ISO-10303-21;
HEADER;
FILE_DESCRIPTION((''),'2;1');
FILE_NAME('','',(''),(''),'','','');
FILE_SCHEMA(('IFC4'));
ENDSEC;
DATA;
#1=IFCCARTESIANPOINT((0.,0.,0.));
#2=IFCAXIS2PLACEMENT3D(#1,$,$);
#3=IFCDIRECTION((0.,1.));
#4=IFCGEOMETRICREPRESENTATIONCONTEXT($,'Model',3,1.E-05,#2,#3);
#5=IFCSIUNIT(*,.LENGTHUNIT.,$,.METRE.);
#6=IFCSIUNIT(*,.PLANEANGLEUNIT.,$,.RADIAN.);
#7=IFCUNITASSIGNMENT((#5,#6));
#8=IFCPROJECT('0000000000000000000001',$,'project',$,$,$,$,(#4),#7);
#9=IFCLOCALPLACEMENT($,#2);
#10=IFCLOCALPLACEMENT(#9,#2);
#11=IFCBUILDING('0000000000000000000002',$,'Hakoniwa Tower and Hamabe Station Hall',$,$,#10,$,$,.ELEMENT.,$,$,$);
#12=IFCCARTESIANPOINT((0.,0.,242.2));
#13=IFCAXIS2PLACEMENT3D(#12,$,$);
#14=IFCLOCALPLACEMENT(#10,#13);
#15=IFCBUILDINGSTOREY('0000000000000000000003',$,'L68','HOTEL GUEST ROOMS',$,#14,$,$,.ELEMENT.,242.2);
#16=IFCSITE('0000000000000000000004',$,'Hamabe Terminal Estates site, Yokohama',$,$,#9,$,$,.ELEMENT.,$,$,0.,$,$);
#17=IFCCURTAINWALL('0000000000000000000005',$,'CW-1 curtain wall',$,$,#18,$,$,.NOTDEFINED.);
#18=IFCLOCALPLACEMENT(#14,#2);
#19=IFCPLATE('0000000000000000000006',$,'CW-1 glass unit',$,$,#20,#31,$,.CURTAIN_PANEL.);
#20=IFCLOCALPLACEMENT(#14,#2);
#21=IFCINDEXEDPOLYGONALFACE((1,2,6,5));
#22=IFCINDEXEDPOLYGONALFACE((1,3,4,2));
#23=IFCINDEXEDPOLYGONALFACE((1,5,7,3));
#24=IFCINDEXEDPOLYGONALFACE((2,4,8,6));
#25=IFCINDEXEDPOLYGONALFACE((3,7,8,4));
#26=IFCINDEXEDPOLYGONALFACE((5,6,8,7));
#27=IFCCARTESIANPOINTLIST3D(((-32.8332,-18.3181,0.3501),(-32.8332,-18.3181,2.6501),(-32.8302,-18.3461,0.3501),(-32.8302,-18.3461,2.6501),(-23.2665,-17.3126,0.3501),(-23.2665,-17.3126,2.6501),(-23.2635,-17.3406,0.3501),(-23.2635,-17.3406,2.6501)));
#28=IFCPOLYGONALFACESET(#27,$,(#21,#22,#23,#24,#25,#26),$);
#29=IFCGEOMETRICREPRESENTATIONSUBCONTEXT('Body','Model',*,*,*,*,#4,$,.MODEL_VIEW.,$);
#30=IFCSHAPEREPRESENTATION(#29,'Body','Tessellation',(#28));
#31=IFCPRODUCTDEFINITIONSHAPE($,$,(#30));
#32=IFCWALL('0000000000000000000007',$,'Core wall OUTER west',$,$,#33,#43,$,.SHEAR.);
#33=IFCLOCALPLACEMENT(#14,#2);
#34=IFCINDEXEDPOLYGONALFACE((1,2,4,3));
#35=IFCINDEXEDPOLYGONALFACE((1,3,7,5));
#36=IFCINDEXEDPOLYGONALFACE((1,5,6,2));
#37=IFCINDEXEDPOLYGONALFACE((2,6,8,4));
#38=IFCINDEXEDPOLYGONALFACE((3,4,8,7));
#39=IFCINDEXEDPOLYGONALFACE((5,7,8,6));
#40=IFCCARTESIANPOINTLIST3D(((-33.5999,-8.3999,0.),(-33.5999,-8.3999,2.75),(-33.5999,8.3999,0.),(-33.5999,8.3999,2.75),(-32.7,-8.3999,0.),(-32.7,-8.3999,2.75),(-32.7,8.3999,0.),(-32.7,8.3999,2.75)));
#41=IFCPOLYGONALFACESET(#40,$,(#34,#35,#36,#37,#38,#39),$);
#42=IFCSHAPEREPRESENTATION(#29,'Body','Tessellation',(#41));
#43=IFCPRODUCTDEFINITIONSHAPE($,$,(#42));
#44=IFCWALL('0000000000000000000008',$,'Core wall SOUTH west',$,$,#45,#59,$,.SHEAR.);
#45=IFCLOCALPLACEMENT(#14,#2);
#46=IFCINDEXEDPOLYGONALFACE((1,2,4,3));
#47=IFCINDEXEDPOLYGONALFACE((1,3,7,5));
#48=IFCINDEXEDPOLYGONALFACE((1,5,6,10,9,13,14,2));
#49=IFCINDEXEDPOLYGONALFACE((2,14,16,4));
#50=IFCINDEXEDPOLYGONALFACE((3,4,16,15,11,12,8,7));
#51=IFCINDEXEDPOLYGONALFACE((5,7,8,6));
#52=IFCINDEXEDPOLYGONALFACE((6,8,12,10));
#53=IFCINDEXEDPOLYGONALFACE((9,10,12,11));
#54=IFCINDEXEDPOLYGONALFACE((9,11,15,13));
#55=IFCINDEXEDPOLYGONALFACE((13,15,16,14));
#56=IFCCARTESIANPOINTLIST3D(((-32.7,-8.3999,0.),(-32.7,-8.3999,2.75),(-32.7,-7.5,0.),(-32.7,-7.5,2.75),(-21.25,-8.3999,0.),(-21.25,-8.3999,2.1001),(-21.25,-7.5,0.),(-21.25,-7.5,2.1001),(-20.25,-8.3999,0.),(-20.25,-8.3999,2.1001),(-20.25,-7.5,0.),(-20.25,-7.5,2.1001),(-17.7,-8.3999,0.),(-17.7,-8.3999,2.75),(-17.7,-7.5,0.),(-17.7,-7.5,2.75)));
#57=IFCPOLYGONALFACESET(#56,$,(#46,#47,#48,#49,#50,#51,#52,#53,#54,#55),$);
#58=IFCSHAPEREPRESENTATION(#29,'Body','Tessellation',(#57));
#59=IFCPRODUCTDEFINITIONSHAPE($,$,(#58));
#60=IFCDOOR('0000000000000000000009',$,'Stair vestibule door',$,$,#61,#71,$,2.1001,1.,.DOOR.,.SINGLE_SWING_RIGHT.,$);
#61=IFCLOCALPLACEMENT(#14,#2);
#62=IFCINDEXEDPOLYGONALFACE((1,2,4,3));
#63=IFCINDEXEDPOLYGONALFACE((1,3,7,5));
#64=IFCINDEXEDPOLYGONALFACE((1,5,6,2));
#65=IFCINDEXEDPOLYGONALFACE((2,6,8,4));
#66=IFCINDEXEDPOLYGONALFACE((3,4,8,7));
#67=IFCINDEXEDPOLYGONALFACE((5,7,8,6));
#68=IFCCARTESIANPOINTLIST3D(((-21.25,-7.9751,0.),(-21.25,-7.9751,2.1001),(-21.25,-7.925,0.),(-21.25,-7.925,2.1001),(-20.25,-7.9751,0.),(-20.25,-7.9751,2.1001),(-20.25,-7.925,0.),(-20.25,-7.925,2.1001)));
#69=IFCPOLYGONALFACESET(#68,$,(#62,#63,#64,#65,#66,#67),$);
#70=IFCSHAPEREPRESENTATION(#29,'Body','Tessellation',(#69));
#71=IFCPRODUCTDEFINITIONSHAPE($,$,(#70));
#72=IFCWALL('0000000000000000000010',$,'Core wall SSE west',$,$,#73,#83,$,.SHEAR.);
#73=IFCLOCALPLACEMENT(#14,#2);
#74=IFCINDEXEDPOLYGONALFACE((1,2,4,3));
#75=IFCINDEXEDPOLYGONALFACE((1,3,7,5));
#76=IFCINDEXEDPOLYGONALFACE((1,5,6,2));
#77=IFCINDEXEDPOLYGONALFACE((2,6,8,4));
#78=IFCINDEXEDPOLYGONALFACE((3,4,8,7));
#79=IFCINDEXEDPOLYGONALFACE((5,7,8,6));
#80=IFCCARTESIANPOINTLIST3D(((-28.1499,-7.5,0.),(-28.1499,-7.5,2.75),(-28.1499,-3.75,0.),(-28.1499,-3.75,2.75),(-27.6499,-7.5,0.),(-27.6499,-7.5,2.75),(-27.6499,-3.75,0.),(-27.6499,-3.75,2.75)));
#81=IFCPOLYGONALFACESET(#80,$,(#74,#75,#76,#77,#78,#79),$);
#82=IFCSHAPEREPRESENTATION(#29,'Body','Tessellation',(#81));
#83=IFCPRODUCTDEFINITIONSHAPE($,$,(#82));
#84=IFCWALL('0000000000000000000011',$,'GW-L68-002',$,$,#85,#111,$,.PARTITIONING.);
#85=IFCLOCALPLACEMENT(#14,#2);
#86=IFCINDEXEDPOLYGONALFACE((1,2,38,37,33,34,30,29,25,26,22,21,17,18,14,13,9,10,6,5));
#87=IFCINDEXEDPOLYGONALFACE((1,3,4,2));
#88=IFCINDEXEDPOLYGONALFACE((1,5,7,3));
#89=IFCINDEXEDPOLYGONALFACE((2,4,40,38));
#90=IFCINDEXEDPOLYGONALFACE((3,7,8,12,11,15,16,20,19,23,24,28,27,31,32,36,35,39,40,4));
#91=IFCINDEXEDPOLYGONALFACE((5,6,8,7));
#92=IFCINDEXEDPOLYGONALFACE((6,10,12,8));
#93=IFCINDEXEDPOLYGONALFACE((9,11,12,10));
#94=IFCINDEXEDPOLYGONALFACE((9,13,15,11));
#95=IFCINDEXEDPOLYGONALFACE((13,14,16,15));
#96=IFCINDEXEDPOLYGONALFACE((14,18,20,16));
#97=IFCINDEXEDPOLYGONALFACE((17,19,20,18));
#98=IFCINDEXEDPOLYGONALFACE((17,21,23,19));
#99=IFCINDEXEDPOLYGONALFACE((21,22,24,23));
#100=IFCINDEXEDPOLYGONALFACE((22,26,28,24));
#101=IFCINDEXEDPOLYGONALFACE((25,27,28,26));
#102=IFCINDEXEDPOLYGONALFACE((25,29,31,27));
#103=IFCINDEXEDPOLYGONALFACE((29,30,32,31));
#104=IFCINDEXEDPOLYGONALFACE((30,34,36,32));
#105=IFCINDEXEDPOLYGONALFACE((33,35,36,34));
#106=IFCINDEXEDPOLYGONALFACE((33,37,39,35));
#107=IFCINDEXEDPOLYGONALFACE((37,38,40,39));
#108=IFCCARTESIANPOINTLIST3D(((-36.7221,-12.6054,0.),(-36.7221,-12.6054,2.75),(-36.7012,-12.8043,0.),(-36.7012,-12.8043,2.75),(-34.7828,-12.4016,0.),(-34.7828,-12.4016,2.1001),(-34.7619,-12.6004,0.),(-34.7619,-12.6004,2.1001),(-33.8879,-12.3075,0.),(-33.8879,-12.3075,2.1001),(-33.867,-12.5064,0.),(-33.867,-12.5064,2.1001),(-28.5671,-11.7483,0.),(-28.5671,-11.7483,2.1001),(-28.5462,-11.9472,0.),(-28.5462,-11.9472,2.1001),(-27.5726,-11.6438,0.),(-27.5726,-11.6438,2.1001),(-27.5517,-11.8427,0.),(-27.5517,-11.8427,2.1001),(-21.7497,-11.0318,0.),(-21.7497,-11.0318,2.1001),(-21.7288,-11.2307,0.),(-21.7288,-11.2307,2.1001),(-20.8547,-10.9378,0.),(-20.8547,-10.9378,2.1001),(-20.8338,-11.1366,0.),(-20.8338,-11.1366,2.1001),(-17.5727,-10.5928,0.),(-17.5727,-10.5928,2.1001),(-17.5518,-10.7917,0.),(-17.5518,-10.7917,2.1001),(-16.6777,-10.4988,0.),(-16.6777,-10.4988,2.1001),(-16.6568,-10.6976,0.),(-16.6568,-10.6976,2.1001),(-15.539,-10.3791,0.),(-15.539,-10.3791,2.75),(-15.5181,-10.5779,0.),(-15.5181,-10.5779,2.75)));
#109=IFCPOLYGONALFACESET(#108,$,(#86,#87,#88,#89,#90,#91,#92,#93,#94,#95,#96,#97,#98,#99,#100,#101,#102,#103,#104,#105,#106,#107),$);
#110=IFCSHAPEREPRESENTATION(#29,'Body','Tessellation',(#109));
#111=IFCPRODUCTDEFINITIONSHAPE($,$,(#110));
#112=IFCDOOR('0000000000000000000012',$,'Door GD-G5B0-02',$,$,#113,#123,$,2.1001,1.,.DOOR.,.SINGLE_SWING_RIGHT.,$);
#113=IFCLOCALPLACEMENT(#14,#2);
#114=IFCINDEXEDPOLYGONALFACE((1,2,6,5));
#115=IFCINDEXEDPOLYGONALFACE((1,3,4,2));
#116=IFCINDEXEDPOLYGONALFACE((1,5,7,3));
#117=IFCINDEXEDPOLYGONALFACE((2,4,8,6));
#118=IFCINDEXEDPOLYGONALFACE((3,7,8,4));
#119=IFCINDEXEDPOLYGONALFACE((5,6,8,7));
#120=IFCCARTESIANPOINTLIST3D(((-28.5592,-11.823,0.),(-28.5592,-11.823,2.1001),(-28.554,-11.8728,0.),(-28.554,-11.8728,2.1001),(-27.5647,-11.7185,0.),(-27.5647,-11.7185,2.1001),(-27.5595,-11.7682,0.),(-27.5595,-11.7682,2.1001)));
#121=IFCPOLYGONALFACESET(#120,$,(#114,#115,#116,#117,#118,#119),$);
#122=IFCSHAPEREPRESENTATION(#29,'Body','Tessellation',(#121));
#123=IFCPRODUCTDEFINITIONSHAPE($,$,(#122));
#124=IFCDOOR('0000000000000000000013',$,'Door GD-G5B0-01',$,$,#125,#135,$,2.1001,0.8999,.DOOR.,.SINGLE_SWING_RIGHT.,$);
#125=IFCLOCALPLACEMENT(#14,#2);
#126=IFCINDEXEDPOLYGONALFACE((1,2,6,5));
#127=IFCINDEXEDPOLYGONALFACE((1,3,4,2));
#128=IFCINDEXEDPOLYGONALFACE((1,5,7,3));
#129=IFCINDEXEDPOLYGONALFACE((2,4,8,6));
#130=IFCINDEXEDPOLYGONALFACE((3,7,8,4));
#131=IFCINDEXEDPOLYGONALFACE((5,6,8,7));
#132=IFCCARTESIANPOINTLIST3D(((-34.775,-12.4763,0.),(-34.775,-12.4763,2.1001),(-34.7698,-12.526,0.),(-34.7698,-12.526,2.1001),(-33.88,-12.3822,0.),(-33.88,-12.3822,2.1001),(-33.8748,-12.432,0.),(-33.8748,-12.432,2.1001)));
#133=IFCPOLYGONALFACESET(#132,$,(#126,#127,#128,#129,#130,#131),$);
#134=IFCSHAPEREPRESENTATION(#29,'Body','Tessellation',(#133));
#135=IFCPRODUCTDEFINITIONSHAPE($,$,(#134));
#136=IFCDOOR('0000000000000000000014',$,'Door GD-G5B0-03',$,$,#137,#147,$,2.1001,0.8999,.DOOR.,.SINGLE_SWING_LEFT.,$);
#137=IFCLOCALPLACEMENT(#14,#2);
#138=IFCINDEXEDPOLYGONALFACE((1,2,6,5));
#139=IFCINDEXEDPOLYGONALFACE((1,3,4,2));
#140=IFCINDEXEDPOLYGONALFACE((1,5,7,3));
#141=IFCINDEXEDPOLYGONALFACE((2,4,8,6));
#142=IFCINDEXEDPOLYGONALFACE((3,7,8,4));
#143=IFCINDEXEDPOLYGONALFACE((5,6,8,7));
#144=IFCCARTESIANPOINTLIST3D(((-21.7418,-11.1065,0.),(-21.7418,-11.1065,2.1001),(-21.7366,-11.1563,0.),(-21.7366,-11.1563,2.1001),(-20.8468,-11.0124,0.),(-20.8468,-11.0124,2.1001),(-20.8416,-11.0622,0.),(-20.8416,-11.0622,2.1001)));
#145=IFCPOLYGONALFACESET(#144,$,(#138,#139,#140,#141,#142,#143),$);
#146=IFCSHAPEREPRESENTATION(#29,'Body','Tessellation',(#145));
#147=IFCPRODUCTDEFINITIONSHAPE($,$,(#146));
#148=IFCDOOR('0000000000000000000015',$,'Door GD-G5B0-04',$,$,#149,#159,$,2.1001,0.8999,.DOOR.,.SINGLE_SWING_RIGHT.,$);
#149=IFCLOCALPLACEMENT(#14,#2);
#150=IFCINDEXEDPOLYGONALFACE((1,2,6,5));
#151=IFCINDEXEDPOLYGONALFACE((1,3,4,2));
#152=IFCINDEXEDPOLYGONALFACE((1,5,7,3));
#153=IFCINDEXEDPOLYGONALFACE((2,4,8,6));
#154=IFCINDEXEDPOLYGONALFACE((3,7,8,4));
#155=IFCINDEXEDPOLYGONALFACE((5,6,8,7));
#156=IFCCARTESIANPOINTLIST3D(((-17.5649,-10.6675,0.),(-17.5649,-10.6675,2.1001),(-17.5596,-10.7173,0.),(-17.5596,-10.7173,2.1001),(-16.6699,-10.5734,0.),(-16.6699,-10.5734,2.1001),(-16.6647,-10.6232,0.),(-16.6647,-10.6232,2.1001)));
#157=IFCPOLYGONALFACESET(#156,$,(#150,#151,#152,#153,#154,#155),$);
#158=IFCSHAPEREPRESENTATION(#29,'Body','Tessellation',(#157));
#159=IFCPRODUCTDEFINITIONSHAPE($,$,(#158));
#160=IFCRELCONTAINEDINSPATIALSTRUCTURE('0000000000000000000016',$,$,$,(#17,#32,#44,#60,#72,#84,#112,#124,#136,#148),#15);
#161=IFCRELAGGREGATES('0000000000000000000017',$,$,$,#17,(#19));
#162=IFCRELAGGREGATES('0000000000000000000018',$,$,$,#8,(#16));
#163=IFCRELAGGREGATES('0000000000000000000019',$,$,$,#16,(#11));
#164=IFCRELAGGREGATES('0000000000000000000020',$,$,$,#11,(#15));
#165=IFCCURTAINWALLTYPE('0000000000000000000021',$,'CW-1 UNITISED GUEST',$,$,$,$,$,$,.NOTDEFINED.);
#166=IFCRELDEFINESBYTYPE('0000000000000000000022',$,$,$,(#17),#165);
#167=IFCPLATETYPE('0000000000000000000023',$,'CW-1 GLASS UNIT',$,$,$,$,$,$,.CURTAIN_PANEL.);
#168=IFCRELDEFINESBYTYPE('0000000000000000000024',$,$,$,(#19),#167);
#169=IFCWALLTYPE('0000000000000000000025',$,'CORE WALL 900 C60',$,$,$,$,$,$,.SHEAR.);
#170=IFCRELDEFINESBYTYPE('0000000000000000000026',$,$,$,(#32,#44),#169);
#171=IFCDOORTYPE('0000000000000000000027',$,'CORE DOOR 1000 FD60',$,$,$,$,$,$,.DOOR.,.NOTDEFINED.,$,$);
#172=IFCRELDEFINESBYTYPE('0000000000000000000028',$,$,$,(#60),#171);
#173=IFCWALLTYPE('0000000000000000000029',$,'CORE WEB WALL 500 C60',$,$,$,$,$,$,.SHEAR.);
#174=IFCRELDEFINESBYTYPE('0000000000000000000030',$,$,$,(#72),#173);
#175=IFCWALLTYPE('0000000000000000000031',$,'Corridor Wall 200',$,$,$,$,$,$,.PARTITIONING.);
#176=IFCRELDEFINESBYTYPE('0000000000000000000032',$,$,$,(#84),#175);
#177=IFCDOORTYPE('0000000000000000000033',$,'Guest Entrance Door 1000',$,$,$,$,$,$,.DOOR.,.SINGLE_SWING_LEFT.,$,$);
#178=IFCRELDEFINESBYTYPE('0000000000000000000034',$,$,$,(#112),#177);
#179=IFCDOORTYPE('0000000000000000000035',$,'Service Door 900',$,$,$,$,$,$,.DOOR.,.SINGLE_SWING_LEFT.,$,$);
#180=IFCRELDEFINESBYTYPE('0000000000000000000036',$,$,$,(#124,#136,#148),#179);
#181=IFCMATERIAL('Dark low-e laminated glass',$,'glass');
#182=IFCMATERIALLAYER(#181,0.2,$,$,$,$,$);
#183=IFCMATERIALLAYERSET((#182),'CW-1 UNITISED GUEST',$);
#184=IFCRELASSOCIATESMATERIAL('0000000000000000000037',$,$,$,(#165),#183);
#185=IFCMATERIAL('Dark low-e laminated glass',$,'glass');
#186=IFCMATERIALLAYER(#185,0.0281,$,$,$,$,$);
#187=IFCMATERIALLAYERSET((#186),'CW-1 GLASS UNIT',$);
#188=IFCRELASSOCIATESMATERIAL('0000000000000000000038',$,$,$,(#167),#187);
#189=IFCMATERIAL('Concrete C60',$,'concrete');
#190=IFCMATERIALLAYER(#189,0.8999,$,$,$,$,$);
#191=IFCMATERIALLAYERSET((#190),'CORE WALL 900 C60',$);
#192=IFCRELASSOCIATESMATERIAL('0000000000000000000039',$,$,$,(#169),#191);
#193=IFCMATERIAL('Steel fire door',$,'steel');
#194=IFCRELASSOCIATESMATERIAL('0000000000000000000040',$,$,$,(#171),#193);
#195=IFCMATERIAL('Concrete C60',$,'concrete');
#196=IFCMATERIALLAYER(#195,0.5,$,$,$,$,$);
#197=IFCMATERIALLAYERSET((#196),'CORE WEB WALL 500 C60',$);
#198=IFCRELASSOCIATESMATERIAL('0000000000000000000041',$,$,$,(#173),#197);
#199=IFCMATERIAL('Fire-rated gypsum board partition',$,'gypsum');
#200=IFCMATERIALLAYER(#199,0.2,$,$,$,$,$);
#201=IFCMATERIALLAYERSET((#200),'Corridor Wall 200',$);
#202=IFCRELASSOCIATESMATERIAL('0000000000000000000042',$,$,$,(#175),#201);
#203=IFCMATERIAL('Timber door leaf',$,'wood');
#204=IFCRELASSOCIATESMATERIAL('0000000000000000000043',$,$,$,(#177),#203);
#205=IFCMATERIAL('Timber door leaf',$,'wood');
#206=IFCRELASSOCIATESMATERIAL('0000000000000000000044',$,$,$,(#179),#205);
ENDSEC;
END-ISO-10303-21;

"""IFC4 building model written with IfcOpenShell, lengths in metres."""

from ifc_helpers import new_model, si_unit, direction, frame, frame_2d, origin, origin_2d, place, context, subcontext, project, spatial, rectangle, extrude, material, layer, layer_set, type_object, element, fill, aggregate, save


model = new_model("IFC4")

# Units and contexts
model_context = context("Model", 3, precision=1e-05, world=origin(), true_north=direction((0.0, 1.0)))
body_context = subcontext(model_context, "Body", "Model", "MODEL_VIEW")
ifc_project = project(units=[si_unit("LENGTHUNIT", "METRE"), si_unit("PLANEANGLEUNIT", "RADIAN")], contexts=[model_context])

# Site, building, storey
site_placement = place(None, origin())
site = spatial("IfcSite", under=ifc_project, at=site_placement, Name="Hamabe Terminal Estates site, Yokohama", CompositionType="ELEMENT", RefElevation=0.0)
building_placement = place(site_placement, origin())
building = spatial("IfcBuilding", under=site, at=building_placement, Name="Hakoniwa Tower and Hamabe Station Hall", CompositionType="ELEMENT")
storey_placement = place(building_placement, frame((0.0, 0.0, 242.2)))
storey = spatial("IfcBuildingStorey", under=building, at=storey_placement, Name="L68", Description="HOTEL GUEST ROOMS", CompositionType="ELEMENT", Elevation=242.2)

# Curtain wall
ifc_material_1 = material(Name="Dark low-e laminated glass", Category="glass")
ifc_layer_1 = layer(ifc_material_1, 0.2)
ifc_layer_set_1 = layer_set([ifc_layer_1], Name="CW-1 UNITISED GUEST")
curtain_wall_type = type_object("IfcCurtainWallType", Name="CW-1 UNITISED GUEST", PredefinedType="NOTDEFINED", material=ifc_layer_set_1)
curtain_wall_1_placement = place(storey_placement, origin())
curtain_wall_1 = element("IfcCurtainWall", 1, at=curtain_wall_1_placement, inside=storey, type_object=curtain_wall_type, Name="CW-1 curtain wall", PredefinedType="NOTDEFINED")

# Plate
ifc_material_2 = material(Name="Dark low-e laminated glass", Category="glass")
ifc_layer_2 = layer(ifc_material_2, 0.0281)
ifc_layer_set_2 = layer_set([ifc_layer_2], Name="CW-1 GLASS UNIT")
plate_type = type_object("IfcPlateType", Name="CW-1 GLASS UNIT", PredefinedType="CURTAIN_PANEL", material=ifc_layer_set_2)
plate_1_placement = place(storey_placement, frame((-28.0483, -17.8293, 0.3501), z_axis=(0.0, 0.0, 1.0), x_axis=(0.994522, 0.104528, 0.0)))
plate_1 = element("IfcPlate", 2, at=plate_1_placement, type_object=plate_type, Name="CW-1 glass unit", PredefinedType="CURTAIN_PANEL", context=body_context, shape_type="SweptSolid", body=[
    extrude(rectangle(XDim=9.6194, YDim=0.0281, at=origin_2d()), origin(), (0.0, 0.0, 1.0), 2.3),
])
aggregate(curtain_wall_1, [plate_1])

# Wall
ifc_material_3 = material(Name="Concrete C60", Category="concrete")
ifc_layer_3 = layer(ifc_material_3, 0.8999)
ifc_layer_set_3 = layer_set([ifc_layer_3], Name="CORE WALL 900 C60")
wall_type_1 = type_object("IfcWallType", Name="CORE WALL 900 C60", PredefinedType="SHEAR", material=ifc_layer_set_3)
wall_1_placement = place(storey_placement, frame((-33.1499, -8.3999, 0.0), z_axis=(0.0, 0.0, 1.0), x_axis=(0.0, 1.0, 0.0)))
element("IfcWall", 3, at=wall_1_placement, inside=storey, type_object=wall_type_1, Name="Core wall OUTER west", PredefinedType="SHEAR", context=body_context, shape_type="SweptSolid", body=[
    extrude(rectangle(XDim=16.7998, YDim=0.8999, at=frame_2d((8.3999, 0.0))), origin(), (0.0, 0.0, 1.0), 2.75),
])

# Wall, opening, door
wall_2_placement = place(storey_placement, frame((-32.7, -7.95, 0.0), z_axis=(0.0, 0.0, 1.0), x_axis=(1.0, 0.0, 0.0)))
wall_2 = element("IfcWall", 4, at=wall_2_placement, inside=storey, type_object=wall_type_1, Name="Core wall SOUTH west", PredefinedType="SHEAR", context=body_context, shape_type="SweptSolid", body=[
    extrude(rectangle(XDim=15.0, YDim=0.8999, at=frame_2d((7.5, 0.0))), origin(), (0.0, 0.0, 1.0), 2.75),
])
opening_1_placement = place(wall_2_placement, frame((11.45, 0.0, 0.0)))
opening_1 = element("IfcOpeningElement", 5, at=opening_1_placement, cuts=wall_2, PredefinedType="OPENING", context=body_context, shape_type="SweptSolid", body=[
    extrude(rectangle(XDim=1.0, YDim=2.1001, at=frame_2d((0.5, 1.05))), frame((0.0, 0.46, 0.0), z_axis=(0.0, -1.0, 0.0), x_axis=(1.0, 0.0, 0.0)), (0.0, 0.0, 1.0), 0.9199),
])
ifc_material_4 = material(Name="Steel fire door", Category="steel")
door_type_1 = type_object("IfcDoorType", Name="CORE DOOR 1000 FD60", OperationType="NOTDEFINED", PredefinedType="DOOR", material=ifc_material_4)
door_1_placement = place(opening_1_placement, origin())
door_1 = element("IfcDoor", 6, at=door_1_placement, inside=storey, type_object=door_type_1, Name="Stair vestibule door", OperationType="SINGLE_SWING_RIGHT", OverallHeight=2.1001, OverallWidth=1.0, PredefinedType="DOOR", context=body_context, shape_type="SweptSolid", body=[
    extrude(rectangle(XDim=1.0, YDim=2.1001, at=frame_2d((0.5, 1.05))), frame((0.0, 0.0249, 0.0), z_axis=(0.0, -1.0, 0.0), x_axis=(1.0, 0.0, 0.0)), (0.0, 0.0, 1.0), 0.05),
])
fill(opening_1, door_1)

# Wall
ifc_material_5 = material(Name="Concrete C60", Category="concrete")
ifc_layer_4 = layer(ifc_material_5, 0.5)
ifc_layer_set_4 = layer_set([ifc_layer_4], Name="CORE WEB WALL 500 C60")
wall_type_2 = type_object("IfcWallType", Name="CORE WEB WALL 500 C60", PredefinedType="SHEAR", material=ifc_layer_set_4)
wall_3_placement = place(storey_placement, frame((-27.8999, -7.5, 0.0), z_axis=(0.0, 0.0, 1.0), x_axis=(0.0, 1.0, 0.0)))
element("IfcWall", 7, at=wall_3_placement, inside=storey, type_object=wall_type_2, Name="Core wall SSE west", PredefinedType="SHEAR", context=body_context, shape_type="SweptSolid", body=[
    extrude(rectangle(XDim=3.75, YDim=0.5, at=frame_2d((1.875, 0.0))), origin(), (0.0, 0.0, 1.0), 2.75),
])

# Wall, openings, doors
ifc_material_6 = material(Name="Fire-rated gypsum board partition", Category="gypsum")
ifc_layer_5 = layer(ifc_material_6, 0.2)
ifc_layer_set_5 = layer_set([ifc_layer_5], Name="Corridor Wall 200")
wall_type_3 = type_object("IfcWallType", Name="Corridor Wall 200", PredefinedType="PARTITIONING", material=ifc_layer_set_5)
wall_4_placement = place(storey_placement, frame((-36.7117, -12.7048, 0.0), z_axis=(0.0, 0.0, 1.0), x_axis=(0.994522, 0.104523, 0.0)))
wall_4 = element("IfcWall", 8, at=wall_4_placement, inside=storey, type_object=wall_type_3, Name="GW-L68-002", PredefinedType="PARTITIONING", context=body_context, shape_type="SweptSolid", body=[
    extrude(rectangle(XDim=21.2998, YDim=0.2, at=frame_2d((10.6499, 0.0))), origin(), (0.0, 0.0, 1.0), 2.75),
])
opening_2_placement = place(wall_4_placement, frame((1.95, 0.0, 0.0)))
opening_2 = element("IfcOpeningElement", 9, at=opening_2_placement, cuts=wall_4, PredefinedType="OPENING", context=body_context, shape_type="SweptSolid", body=[
    extrude(rectangle(XDim=0.8999, YDim=2.1001, at=frame_2d((0.45, 1.05))), frame((0.0, 0.1099, 0.0), z_axis=(0.0, -1.0, 0.0), x_axis=(1.0, 0.0, 0.0)), (0.0, 0.0, 1.0), 0.22),
])
opening_3_placement = place(wall_4_placement, frame((8.2, 0.0, 0.0)))
opening_3 = element("IfcOpeningElement", 10, at=opening_3_placement, cuts=wall_4, PredefinedType="OPENING", context=body_context, shape_type="SweptSolid", body=[
    extrude(rectangle(XDim=1.0, YDim=2.1001, at=frame_2d((0.5, 1.05))), frame((0.0, 0.1099, 0.0), z_axis=(0.0, -1.0, 0.0), x_axis=(1.0, 0.0, 0.0)), (0.0, 0.0, 1.0), 0.22),
])
opening_4_placement = place(wall_4_placement, frame((15.0549, 0.0, 0.0)))
opening_4 = element("IfcOpeningElement", 11, at=opening_4_placement, cuts=wall_4, PredefinedType="OPENING", context=body_context, shape_type="SweptSolid", body=[
    extrude(rectangle(XDim=0.8999, YDim=2.1001, at=frame_2d((0.45, 1.05))), frame((0.0, 0.1099, 0.0), z_axis=(0.0, -1.0, 0.0), x_axis=(1.0, 0.0, 0.0)), (0.0, 0.0, 1.0), 0.22),
])
opening_5_placement = place(wall_4_placement, frame((19.2549, 0.0, 0.0)))
opening_5 = element("IfcOpeningElement", 12, at=opening_5_placement, cuts=wall_4, PredefinedType="OPENING", context=body_context, shape_type="SweptSolid", body=[
    extrude(rectangle(XDim=0.8999, YDim=2.1001, at=frame_2d((0.45, 1.05))), frame((0.0, 0.1099, 0.0), z_axis=(0.0, -1.0, 0.0), x_axis=(1.0, 0.0, 0.0)), (0.0, 0.0, 1.0), 0.22),
])
ifc_material_7 = material(Name="Timber door leaf", Category="wood")
door_type_2 = type_object("IfcDoorType", Name="Guest Entrance Door 1000", OperationType="SINGLE_SWING_LEFT", PredefinedType="DOOR", material=ifc_material_7)
door_2_placement = place(opening_3_placement, origin())
door_2 = element("IfcDoor", 13, at=door_2_placement, inside=storey, type_object=door_type_2, Name="Door GD-G5B0-02", OperationType="SINGLE_SWING_RIGHT", OverallHeight=2.1001, OverallWidth=1.0, PredefinedType="DOOR", context=body_context, shape_type="SweptSolid", body=[
    extrude(rectangle(XDim=1.0, YDim=2.1001, at=frame_2d((0.5, 1.05))), frame((0.0, 0.0249, 0.0), z_axis=(0.0, -1.0, 0.0), x_axis=(1.0, 0.0, 0.0)), (0.0, 0.0, 1.0), 0.05),
])
fill(opening_3, door_2)
ifc_material_8 = material(Name="Timber door leaf", Category="wood")
door_type_3 = type_object("IfcDoorType", Name="Service Door 900", OperationType="SINGLE_SWING_LEFT", PredefinedType="DOOR", material=ifc_material_8)
door_3_placement = place(opening_2_placement, origin())
door_3 = element("IfcDoor", 14, at=door_3_placement, inside=storey, type_object=door_type_3, Name="Door GD-G5B0-01", OperationType="SINGLE_SWING_RIGHT", OverallHeight=2.1001, OverallWidth=0.8999, PredefinedType="DOOR", context=body_context, shape_type="SweptSolid", body=[
    extrude(rectangle(XDim=0.8999, YDim=2.1001, at=frame_2d((0.45, 1.05))), frame((0.0, 0.0249, 0.0), z_axis=(0.0, -1.0, 0.0), x_axis=(1.0, 0.0, 0.0)), (0.0, 0.0, 1.0), 0.05),
])
fill(opening_2, door_3)
door_4_placement = place(opening_4_placement, origin())
door_4 = element("IfcDoor", 15, at=door_4_placement, inside=storey, type_object=door_type_3, Name="Door GD-G5B0-03", OperationType="SINGLE_SWING_LEFT", OverallHeight=2.1001, OverallWidth=0.8999, PredefinedType="DOOR", context=body_context, shape_type="SweptSolid", body=[
    extrude(rectangle(XDim=0.8999, YDim=2.1001, at=frame_2d((0.45, 1.05))), frame((0.0, 0.0249, 0.0), z_axis=(0.0, -1.0, 0.0), x_axis=(1.0, 0.0, 0.0)), (0.0, 0.0, 1.0), 0.05),
])
fill(opening_4, door_4)
door_5_placement = place(opening_5_placement, origin())
door_5 = element("IfcDoor", 16, at=door_5_placement, inside=storey, type_object=door_type_3, Name="Door GD-G5B0-04", OperationType="SINGLE_SWING_RIGHT", OverallHeight=2.1001, OverallWidth=0.8999, PredefinedType="DOOR", context=body_context, shape_type="SweptSolid", body=[
    extrude(rectangle(XDim=0.8999, YDim=2.1001, at=frame_2d((0.45, 1.05))), frame((0.0, 0.0249, 0.0), z_axis=(0.0, -1.0, 0.0), x_axis=(1.0, 0.0, 0.0)), (0.0, 0.0, 1.0), 0.05),
])
fill(opening_5, door_5)

save(model, "model.ifc")
